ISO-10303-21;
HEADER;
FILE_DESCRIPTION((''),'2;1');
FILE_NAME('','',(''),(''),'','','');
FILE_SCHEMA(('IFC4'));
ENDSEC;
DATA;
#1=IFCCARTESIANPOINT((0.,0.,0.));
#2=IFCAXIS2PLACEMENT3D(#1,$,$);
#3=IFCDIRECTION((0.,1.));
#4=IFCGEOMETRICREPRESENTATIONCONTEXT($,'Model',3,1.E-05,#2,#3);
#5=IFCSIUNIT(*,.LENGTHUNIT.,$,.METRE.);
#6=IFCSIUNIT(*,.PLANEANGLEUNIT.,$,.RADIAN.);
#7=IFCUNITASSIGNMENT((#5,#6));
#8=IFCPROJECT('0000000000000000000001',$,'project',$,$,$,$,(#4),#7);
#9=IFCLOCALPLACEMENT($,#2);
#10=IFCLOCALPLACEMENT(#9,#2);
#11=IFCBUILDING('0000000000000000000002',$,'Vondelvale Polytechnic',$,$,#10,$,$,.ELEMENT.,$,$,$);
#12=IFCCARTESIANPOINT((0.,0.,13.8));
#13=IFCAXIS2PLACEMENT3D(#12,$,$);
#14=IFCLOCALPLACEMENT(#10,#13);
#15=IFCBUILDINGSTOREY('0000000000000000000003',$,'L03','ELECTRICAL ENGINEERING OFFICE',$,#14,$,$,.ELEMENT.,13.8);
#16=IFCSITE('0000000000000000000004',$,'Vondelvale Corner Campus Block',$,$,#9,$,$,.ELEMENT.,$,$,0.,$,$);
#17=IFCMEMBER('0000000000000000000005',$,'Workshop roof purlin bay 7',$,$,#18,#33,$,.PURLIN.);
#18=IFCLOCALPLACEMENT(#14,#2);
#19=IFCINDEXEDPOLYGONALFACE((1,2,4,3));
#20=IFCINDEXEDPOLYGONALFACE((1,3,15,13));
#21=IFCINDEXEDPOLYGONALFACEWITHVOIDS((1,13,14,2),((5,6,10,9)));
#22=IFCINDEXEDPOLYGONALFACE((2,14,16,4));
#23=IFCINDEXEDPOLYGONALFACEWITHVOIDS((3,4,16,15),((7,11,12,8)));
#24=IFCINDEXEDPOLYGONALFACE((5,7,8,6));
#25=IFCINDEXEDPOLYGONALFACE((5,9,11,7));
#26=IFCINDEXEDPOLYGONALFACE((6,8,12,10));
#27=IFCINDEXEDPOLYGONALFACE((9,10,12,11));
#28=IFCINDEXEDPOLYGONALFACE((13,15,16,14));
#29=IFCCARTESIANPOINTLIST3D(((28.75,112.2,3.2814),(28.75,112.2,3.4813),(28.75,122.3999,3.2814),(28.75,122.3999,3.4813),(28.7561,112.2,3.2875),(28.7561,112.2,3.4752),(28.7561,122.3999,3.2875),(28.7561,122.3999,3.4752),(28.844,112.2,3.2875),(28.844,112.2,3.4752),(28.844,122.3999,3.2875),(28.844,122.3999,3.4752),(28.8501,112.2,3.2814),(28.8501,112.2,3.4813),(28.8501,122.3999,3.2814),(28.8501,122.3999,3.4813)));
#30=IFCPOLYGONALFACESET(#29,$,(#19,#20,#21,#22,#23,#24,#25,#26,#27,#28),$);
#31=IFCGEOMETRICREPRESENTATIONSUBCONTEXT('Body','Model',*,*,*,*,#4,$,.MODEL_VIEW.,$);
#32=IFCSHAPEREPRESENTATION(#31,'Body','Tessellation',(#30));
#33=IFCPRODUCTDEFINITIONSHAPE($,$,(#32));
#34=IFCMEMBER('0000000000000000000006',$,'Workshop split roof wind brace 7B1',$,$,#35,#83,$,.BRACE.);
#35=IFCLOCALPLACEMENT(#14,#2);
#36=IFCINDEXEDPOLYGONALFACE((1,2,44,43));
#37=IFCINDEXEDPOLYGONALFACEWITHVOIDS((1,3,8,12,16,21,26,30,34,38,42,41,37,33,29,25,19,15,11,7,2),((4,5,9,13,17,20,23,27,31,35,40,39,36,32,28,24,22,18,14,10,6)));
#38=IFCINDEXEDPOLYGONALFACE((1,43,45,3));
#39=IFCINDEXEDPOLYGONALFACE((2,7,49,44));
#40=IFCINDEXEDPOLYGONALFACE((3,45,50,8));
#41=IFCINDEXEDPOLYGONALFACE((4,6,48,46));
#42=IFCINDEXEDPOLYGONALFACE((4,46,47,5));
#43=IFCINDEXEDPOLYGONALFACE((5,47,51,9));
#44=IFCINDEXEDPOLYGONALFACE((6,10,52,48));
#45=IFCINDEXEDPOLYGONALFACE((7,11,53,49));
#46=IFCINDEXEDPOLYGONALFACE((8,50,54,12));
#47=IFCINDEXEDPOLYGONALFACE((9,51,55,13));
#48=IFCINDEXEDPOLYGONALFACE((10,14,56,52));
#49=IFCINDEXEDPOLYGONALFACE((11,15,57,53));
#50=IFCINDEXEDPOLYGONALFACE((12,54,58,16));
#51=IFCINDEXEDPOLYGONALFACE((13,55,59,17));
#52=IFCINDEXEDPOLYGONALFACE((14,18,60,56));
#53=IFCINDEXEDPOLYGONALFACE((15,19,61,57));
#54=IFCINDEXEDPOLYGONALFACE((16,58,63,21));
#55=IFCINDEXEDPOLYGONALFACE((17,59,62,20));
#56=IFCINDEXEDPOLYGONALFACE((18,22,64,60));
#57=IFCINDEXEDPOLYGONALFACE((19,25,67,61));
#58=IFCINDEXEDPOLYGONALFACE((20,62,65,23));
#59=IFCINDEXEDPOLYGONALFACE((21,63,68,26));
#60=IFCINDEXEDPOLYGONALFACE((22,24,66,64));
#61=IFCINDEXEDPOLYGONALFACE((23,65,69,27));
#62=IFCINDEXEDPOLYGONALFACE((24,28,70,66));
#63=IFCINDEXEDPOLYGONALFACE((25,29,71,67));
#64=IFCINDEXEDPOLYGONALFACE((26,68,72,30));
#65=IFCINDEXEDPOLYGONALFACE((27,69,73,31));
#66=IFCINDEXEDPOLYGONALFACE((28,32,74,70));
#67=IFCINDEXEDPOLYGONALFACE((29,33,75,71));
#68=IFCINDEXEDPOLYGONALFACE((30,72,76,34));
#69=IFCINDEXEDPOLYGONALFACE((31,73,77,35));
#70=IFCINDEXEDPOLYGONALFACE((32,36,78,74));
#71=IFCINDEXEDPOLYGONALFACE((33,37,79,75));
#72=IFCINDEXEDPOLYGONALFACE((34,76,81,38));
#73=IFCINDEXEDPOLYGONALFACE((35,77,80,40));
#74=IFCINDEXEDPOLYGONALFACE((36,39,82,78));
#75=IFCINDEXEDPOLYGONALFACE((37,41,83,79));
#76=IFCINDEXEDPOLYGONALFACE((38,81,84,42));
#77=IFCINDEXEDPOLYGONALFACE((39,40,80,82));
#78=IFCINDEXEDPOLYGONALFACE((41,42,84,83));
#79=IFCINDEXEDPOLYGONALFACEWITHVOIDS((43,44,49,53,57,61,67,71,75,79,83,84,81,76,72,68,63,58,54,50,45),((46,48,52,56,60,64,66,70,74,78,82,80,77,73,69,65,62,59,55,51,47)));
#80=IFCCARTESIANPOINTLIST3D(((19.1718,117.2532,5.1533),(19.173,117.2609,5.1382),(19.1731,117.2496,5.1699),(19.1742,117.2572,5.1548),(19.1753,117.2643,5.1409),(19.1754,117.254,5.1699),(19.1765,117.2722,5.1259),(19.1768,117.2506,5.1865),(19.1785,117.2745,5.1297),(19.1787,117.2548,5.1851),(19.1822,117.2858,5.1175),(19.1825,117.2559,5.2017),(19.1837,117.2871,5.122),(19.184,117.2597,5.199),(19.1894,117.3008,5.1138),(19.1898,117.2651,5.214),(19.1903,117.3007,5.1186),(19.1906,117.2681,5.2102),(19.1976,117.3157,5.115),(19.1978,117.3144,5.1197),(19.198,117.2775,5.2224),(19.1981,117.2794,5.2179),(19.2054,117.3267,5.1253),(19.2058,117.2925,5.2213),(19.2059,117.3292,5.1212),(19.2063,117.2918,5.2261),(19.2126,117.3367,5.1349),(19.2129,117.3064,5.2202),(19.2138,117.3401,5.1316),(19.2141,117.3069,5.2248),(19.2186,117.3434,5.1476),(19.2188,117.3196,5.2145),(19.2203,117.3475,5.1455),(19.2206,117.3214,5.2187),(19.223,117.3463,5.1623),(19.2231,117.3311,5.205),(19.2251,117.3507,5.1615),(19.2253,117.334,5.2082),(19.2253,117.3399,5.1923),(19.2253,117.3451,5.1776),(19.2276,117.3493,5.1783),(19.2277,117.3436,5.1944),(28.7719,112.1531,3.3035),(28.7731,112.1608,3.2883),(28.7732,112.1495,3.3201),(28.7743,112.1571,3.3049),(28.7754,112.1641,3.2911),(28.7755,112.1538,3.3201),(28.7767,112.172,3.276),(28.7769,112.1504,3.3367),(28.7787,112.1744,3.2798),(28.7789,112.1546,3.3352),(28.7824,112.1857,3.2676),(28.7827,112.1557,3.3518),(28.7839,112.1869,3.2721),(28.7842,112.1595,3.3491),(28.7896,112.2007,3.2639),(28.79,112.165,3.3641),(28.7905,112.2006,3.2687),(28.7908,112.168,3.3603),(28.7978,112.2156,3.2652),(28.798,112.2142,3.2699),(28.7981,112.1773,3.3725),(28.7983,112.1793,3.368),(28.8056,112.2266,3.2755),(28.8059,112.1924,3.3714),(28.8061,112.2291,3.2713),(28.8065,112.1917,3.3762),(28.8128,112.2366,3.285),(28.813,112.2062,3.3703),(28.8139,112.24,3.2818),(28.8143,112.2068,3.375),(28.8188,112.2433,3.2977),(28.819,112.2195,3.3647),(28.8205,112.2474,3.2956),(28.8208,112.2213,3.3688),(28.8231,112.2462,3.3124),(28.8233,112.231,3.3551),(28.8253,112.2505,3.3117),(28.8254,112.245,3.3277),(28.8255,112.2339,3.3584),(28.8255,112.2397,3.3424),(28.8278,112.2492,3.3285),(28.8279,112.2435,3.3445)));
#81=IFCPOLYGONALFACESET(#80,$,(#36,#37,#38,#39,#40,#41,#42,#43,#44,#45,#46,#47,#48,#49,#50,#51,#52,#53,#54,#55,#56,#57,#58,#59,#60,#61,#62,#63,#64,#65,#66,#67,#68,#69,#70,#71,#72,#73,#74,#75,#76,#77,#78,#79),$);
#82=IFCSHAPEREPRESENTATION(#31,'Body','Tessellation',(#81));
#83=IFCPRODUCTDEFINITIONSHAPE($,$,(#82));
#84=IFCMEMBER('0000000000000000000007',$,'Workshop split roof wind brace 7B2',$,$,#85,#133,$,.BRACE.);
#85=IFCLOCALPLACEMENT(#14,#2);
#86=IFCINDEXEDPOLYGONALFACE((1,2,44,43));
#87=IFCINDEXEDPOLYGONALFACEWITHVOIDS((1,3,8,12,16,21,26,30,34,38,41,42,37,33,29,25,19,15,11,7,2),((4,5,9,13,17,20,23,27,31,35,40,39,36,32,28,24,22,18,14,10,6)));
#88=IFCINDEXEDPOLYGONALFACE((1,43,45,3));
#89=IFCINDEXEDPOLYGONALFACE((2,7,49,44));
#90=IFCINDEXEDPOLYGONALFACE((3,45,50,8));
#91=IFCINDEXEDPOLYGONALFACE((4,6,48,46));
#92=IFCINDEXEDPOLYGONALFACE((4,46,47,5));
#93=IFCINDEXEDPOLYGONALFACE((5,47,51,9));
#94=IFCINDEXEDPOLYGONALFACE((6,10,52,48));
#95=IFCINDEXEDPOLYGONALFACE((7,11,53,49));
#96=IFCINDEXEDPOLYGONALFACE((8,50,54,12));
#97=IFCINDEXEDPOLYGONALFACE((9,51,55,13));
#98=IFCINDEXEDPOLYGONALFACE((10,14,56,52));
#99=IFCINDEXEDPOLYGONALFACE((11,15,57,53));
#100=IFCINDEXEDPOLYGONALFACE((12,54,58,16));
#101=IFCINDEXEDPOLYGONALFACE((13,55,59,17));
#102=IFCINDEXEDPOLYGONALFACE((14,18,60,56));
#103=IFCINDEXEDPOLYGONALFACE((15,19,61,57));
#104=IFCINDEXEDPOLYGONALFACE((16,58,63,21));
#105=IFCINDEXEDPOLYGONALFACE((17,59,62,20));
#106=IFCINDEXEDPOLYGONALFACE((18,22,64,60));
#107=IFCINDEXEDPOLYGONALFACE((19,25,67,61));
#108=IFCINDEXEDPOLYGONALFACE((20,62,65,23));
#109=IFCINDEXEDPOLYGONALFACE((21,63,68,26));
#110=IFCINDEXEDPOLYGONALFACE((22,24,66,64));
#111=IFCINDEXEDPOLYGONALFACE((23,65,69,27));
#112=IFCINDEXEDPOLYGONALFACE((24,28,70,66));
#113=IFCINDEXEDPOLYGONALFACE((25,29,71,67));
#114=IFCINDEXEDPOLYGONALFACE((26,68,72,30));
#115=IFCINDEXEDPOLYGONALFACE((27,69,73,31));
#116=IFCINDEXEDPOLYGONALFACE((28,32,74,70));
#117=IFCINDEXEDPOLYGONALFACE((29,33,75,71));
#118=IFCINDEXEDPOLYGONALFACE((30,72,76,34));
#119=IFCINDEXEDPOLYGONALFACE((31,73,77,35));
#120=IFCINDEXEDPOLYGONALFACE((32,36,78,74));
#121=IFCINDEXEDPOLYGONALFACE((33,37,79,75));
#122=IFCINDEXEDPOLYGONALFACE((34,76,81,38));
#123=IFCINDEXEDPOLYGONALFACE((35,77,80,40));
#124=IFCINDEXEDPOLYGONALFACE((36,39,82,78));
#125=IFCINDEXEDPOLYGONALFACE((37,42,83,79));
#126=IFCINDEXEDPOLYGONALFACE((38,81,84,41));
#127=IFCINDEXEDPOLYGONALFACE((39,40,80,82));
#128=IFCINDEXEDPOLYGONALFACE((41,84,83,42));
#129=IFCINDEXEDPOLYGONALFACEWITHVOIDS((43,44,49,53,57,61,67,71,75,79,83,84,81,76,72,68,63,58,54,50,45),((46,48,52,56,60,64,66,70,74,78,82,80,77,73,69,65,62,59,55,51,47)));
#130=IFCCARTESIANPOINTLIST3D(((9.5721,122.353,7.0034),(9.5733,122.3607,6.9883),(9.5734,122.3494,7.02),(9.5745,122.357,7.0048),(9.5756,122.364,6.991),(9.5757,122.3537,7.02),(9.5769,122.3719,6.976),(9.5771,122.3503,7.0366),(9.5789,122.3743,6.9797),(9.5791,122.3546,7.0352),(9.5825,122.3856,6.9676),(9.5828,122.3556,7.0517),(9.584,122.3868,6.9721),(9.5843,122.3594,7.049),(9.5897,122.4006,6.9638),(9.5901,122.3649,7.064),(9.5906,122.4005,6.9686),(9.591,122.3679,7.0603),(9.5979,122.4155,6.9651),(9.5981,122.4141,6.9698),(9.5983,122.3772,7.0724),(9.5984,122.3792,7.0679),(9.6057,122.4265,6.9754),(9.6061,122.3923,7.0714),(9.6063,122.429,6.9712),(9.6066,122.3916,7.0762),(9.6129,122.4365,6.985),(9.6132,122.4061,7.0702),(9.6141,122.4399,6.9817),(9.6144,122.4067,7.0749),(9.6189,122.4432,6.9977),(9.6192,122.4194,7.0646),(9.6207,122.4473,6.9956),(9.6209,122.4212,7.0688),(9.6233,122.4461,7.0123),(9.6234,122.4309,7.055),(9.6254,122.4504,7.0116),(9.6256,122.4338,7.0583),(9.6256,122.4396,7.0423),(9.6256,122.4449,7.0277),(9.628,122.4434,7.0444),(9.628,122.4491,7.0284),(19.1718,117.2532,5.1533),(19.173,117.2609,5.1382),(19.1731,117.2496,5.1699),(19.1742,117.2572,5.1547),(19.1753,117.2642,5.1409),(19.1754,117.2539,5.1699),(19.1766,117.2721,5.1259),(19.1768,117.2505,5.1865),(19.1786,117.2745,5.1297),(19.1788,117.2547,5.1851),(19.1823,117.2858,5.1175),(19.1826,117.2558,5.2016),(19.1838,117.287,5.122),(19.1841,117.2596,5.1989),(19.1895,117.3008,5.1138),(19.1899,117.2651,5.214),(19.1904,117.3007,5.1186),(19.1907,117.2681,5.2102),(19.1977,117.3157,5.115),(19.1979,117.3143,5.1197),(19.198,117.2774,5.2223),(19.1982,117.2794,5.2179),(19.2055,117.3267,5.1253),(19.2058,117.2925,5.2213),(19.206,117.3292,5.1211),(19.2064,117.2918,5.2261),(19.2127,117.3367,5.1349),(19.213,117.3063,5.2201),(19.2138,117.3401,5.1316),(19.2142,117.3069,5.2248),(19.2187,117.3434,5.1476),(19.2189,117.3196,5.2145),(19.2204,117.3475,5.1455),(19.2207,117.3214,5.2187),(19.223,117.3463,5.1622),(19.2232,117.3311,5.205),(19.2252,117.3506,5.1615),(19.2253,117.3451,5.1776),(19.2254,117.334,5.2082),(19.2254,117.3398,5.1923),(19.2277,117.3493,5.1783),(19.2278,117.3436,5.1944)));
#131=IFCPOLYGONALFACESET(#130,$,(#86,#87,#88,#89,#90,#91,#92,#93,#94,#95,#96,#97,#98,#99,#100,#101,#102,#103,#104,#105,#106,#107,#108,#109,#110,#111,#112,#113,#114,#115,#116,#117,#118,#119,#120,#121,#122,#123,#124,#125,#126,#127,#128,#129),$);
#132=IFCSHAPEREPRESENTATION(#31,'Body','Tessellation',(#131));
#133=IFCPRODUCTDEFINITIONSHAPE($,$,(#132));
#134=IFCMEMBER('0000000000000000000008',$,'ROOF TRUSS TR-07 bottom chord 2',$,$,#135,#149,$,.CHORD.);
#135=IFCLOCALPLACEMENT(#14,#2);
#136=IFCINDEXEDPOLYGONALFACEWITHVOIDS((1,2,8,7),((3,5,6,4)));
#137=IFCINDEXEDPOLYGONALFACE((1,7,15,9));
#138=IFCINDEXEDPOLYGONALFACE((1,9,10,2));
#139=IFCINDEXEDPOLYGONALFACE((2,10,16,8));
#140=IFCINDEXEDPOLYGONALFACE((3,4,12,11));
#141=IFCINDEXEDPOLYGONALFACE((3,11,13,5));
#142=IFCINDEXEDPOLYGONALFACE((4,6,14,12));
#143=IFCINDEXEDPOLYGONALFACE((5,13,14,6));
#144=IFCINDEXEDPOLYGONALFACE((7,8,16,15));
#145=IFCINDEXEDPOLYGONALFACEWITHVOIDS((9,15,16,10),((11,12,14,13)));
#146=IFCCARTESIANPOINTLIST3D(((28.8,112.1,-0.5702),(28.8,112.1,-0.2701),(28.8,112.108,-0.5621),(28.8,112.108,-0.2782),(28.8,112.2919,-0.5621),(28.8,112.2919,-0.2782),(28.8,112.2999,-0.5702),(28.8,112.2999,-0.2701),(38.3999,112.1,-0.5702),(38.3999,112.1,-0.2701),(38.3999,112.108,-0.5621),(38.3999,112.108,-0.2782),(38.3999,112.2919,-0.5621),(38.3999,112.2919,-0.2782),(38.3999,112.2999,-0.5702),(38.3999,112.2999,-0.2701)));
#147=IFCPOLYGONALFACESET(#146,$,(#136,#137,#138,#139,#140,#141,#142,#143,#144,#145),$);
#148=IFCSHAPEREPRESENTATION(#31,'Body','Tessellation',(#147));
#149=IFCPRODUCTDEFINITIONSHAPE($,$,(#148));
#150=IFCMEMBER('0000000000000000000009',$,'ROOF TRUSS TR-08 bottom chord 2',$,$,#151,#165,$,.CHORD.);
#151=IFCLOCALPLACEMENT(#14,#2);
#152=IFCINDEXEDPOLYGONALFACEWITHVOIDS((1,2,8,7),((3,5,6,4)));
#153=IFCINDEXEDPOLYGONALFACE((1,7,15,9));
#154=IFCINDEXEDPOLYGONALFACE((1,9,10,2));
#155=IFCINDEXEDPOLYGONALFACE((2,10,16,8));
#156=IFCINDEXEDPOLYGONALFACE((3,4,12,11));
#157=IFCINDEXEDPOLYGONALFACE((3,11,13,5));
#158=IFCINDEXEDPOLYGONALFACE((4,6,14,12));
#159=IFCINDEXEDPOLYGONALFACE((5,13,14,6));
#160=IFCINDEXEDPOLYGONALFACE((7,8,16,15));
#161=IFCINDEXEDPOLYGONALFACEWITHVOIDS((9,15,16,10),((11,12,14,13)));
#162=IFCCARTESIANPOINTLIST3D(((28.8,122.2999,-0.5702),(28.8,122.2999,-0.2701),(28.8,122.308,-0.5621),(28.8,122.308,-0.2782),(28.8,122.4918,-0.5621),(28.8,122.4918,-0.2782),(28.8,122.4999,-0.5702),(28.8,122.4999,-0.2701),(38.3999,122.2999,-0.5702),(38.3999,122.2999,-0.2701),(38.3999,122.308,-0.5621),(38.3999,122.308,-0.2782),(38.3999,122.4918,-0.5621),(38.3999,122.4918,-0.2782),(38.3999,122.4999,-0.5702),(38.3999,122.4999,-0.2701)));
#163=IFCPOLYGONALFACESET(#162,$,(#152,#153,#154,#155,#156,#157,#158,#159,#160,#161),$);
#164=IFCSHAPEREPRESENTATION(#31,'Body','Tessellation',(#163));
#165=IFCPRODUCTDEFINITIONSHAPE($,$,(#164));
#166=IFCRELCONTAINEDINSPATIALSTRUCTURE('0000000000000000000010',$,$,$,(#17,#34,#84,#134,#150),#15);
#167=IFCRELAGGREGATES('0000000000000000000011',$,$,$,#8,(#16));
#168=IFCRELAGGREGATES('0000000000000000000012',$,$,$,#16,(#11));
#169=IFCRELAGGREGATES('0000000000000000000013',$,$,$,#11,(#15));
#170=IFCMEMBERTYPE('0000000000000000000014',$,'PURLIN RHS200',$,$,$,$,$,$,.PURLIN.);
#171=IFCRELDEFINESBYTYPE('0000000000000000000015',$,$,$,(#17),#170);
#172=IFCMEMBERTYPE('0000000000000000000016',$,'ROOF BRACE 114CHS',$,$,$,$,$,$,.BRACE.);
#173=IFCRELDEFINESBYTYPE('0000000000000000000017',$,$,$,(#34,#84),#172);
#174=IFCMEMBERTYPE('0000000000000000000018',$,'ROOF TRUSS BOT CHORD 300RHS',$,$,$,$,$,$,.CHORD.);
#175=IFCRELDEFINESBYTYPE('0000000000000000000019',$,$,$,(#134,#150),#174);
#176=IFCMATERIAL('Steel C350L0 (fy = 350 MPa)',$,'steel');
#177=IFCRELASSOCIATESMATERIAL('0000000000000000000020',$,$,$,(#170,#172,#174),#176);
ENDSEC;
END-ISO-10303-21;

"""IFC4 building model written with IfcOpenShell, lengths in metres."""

from ifc_helpers import new_model, si_unit, direction, frame, origin, origin_2d, place, context, subcontext, project, spatial, hollow_rectangle, hollow_circle, extrude, material, material_profile, profile_set, type_object, element, save


model = new_model("IFC4")

# Units and contexts
model_context = context("Model", 3, precision=1e-05, world=origin(), true_north=direction((0.0, 1.0)))
body_context = subcontext(model_context, "Body", "Model", "MODEL_VIEW")
ifc_project = project(units=[si_unit("LENGTHUNIT", "METRE"), si_unit("PLANEANGLEUNIT", "RADIAN")], contexts=[model_context])

# Site, building, storey
site_placement = place(None, origin())
site = spatial("IfcSite", under=ifc_project, at=site_placement, Name="Vondelvale Corner Campus Block", CompositionType="ELEMENT", RefElevation=0.0)
building_placement = place(site_placement, origin())
building = spatial("IfcBuilding", under=site, at=building_placement, Name="Vondelvale Polytechnic", CompositionType="ELEMENT")
storey_placement = place(building_placement, frame((0.0, 0.0, 13.8)))
storey = spatial("IfcBuildingStorey", under=building, at=storey_placement, Name="L03", Description="ELECTRICAL ENGINEERING OFFICE", CompositionType="ELEMENT", Elevation=13.8)

# Members
ifc_material_1 = material(Name="Steel C350L0 (fy = 350 MPa)", Category="steel")
ifc_material_profile_1 = material_profile(ifc_material_1, hollow_rectangle(XDim=0.1001, YDim=0.2, WallThickness=0.0061, at=origin_2d()), Name="200x100x6.0RHS")
ifc_profile_set_1 = profile_set([ifc_material_profile_1], Name="Steel C350L0 (fy = 350 MPa)")
member_type_1 = type_object("IfcMemberType", Name="PURLIN RHS200", PredefinedType="PURLIN", material=ifc_profile_set_1)
member_1_placement = place(storey_placement, frame((28.8, 112.2, 3.3813), z_axis=(0.0, 1.0, 0.0), x_axis=(-1.0, 0.0, 0.0)))
element("IfcMember", 1, at=member_1_placement, inside=storey, type_object=member_type_1, Name="Workshop roof purlin bay 7", PredefinedType="PURLIN", context=body_context, shape_type="SweptSolid", body=[
    extrude(hollow_rectangle(XDim=0.1001, YDim=0.2, WallThickness=0.0061, at=origin_2d()), origin(), (0.0, 0.0, 1.0), 10.2),
])
ifc_material_profile_2 = material_profile(ifc_material_1, hollow_circle(Radius=0.0571, WallThickness=0.0049, at=origin_2d()), Name="114.3x4.8CHS")
ifc_profile_set_2 = profile_set([ifc_material_profile_2], Name="Steel C350L0 (fy = 350 MPa)")
member_type_2 = type_object("IfcMemberType", Name="ROOF BRACE 114CHS", PredefinedType="BRACE", material=ifc_profile_set_2)
member_2_placement = place(storey_placement, frame((28.8, 112.2, 3.3201), z_axis=(-0.870599, 0.46251, 0.167757), x_axis=(-0.469159, -0.883114, 0.0)))
element("IfcMember", 2, at=member_2_placement, inside=storey, type_object=member_type_2, Name="Workshop split roof wind brace 7B1", PredefinedType="BRACE", context=body_context, shape_type="SweptSolid", body=[
    extrude(hollow_circle(Radius=0.0571, WallThickness=0.0049, at=origin_2d()), origin(), (0.0, 0.0, 1.0), 11.0271),
])
member_3_placement = place(storey_placement, frame((19.2, 117.3, 5.1699), z_axis=(-0.870599, 0.4625, 0.167783), x_axis=(-0.46915, -0.883118, 0.0)))
element("IfcMember", 3, at=member_3_placement, inside=storey, type_object=member_type_2, Name="Workshop split roof wind brace 7B2", PredefinedType="BRACE", context=body_context, shape_type="SweptSolid", body=[
    extrude(hollow_circle(Radius=0.0571, WallThickness=0.0049, at=origin_2d()), origin(), (0.0, 0.0, 1.0), 11.0266),
])
ifc_material_profile_3 = material_profile(ifc_material_1, hollow_rectangle(XDim=0.2, YDim=0.3, WallThickness=0.0081, at=origin_2d()), Name="300x200x8.0RHS")
ifc_profile_set_3 = profile_set([ifc_material_profile_3], Name="Steel C350L0 (fy = 350 MPa)")
member_type_3 = type_object("IfcMemberType", Name="ROOF TRUSS BOT CHORD 300RHS", PredefinedType="CHORD", material=ifc_profile_set_3)
for number, where, z_axis, x_axis, name in (
    (4, (28.8, 112.2, -0.4202), (1.0, 0.0, 0.0), (0.0, 1.0, 0.0), "ROOF TRUSS TR-07 bottom chord 2"),
    (5, (28.8, 122.3999, -0.4202), (1.0, 0.0, 0.0), (0.0, 1.0, 0.0), "ROOF TRUSS TR-08 bottom chord 2"),
):
    element("IfcMember", number, at=place(storey_placement, frame(where, z_axis=z_axis, x_axis=x_axis)), inside=storey, type_object=member_type_3, Name=name, PredefinedType="CHORD", context=body_context, shape_type="SweptSolid", body=[
        extrude(hollow_rectangle(XDim=0.2, YDim=0.3, WallThickness=0.0081, at=origin_2d()), origin(), (0.0, 0.0, 1.0), 9.5999),
    ])

save(model, "model.ifc")
